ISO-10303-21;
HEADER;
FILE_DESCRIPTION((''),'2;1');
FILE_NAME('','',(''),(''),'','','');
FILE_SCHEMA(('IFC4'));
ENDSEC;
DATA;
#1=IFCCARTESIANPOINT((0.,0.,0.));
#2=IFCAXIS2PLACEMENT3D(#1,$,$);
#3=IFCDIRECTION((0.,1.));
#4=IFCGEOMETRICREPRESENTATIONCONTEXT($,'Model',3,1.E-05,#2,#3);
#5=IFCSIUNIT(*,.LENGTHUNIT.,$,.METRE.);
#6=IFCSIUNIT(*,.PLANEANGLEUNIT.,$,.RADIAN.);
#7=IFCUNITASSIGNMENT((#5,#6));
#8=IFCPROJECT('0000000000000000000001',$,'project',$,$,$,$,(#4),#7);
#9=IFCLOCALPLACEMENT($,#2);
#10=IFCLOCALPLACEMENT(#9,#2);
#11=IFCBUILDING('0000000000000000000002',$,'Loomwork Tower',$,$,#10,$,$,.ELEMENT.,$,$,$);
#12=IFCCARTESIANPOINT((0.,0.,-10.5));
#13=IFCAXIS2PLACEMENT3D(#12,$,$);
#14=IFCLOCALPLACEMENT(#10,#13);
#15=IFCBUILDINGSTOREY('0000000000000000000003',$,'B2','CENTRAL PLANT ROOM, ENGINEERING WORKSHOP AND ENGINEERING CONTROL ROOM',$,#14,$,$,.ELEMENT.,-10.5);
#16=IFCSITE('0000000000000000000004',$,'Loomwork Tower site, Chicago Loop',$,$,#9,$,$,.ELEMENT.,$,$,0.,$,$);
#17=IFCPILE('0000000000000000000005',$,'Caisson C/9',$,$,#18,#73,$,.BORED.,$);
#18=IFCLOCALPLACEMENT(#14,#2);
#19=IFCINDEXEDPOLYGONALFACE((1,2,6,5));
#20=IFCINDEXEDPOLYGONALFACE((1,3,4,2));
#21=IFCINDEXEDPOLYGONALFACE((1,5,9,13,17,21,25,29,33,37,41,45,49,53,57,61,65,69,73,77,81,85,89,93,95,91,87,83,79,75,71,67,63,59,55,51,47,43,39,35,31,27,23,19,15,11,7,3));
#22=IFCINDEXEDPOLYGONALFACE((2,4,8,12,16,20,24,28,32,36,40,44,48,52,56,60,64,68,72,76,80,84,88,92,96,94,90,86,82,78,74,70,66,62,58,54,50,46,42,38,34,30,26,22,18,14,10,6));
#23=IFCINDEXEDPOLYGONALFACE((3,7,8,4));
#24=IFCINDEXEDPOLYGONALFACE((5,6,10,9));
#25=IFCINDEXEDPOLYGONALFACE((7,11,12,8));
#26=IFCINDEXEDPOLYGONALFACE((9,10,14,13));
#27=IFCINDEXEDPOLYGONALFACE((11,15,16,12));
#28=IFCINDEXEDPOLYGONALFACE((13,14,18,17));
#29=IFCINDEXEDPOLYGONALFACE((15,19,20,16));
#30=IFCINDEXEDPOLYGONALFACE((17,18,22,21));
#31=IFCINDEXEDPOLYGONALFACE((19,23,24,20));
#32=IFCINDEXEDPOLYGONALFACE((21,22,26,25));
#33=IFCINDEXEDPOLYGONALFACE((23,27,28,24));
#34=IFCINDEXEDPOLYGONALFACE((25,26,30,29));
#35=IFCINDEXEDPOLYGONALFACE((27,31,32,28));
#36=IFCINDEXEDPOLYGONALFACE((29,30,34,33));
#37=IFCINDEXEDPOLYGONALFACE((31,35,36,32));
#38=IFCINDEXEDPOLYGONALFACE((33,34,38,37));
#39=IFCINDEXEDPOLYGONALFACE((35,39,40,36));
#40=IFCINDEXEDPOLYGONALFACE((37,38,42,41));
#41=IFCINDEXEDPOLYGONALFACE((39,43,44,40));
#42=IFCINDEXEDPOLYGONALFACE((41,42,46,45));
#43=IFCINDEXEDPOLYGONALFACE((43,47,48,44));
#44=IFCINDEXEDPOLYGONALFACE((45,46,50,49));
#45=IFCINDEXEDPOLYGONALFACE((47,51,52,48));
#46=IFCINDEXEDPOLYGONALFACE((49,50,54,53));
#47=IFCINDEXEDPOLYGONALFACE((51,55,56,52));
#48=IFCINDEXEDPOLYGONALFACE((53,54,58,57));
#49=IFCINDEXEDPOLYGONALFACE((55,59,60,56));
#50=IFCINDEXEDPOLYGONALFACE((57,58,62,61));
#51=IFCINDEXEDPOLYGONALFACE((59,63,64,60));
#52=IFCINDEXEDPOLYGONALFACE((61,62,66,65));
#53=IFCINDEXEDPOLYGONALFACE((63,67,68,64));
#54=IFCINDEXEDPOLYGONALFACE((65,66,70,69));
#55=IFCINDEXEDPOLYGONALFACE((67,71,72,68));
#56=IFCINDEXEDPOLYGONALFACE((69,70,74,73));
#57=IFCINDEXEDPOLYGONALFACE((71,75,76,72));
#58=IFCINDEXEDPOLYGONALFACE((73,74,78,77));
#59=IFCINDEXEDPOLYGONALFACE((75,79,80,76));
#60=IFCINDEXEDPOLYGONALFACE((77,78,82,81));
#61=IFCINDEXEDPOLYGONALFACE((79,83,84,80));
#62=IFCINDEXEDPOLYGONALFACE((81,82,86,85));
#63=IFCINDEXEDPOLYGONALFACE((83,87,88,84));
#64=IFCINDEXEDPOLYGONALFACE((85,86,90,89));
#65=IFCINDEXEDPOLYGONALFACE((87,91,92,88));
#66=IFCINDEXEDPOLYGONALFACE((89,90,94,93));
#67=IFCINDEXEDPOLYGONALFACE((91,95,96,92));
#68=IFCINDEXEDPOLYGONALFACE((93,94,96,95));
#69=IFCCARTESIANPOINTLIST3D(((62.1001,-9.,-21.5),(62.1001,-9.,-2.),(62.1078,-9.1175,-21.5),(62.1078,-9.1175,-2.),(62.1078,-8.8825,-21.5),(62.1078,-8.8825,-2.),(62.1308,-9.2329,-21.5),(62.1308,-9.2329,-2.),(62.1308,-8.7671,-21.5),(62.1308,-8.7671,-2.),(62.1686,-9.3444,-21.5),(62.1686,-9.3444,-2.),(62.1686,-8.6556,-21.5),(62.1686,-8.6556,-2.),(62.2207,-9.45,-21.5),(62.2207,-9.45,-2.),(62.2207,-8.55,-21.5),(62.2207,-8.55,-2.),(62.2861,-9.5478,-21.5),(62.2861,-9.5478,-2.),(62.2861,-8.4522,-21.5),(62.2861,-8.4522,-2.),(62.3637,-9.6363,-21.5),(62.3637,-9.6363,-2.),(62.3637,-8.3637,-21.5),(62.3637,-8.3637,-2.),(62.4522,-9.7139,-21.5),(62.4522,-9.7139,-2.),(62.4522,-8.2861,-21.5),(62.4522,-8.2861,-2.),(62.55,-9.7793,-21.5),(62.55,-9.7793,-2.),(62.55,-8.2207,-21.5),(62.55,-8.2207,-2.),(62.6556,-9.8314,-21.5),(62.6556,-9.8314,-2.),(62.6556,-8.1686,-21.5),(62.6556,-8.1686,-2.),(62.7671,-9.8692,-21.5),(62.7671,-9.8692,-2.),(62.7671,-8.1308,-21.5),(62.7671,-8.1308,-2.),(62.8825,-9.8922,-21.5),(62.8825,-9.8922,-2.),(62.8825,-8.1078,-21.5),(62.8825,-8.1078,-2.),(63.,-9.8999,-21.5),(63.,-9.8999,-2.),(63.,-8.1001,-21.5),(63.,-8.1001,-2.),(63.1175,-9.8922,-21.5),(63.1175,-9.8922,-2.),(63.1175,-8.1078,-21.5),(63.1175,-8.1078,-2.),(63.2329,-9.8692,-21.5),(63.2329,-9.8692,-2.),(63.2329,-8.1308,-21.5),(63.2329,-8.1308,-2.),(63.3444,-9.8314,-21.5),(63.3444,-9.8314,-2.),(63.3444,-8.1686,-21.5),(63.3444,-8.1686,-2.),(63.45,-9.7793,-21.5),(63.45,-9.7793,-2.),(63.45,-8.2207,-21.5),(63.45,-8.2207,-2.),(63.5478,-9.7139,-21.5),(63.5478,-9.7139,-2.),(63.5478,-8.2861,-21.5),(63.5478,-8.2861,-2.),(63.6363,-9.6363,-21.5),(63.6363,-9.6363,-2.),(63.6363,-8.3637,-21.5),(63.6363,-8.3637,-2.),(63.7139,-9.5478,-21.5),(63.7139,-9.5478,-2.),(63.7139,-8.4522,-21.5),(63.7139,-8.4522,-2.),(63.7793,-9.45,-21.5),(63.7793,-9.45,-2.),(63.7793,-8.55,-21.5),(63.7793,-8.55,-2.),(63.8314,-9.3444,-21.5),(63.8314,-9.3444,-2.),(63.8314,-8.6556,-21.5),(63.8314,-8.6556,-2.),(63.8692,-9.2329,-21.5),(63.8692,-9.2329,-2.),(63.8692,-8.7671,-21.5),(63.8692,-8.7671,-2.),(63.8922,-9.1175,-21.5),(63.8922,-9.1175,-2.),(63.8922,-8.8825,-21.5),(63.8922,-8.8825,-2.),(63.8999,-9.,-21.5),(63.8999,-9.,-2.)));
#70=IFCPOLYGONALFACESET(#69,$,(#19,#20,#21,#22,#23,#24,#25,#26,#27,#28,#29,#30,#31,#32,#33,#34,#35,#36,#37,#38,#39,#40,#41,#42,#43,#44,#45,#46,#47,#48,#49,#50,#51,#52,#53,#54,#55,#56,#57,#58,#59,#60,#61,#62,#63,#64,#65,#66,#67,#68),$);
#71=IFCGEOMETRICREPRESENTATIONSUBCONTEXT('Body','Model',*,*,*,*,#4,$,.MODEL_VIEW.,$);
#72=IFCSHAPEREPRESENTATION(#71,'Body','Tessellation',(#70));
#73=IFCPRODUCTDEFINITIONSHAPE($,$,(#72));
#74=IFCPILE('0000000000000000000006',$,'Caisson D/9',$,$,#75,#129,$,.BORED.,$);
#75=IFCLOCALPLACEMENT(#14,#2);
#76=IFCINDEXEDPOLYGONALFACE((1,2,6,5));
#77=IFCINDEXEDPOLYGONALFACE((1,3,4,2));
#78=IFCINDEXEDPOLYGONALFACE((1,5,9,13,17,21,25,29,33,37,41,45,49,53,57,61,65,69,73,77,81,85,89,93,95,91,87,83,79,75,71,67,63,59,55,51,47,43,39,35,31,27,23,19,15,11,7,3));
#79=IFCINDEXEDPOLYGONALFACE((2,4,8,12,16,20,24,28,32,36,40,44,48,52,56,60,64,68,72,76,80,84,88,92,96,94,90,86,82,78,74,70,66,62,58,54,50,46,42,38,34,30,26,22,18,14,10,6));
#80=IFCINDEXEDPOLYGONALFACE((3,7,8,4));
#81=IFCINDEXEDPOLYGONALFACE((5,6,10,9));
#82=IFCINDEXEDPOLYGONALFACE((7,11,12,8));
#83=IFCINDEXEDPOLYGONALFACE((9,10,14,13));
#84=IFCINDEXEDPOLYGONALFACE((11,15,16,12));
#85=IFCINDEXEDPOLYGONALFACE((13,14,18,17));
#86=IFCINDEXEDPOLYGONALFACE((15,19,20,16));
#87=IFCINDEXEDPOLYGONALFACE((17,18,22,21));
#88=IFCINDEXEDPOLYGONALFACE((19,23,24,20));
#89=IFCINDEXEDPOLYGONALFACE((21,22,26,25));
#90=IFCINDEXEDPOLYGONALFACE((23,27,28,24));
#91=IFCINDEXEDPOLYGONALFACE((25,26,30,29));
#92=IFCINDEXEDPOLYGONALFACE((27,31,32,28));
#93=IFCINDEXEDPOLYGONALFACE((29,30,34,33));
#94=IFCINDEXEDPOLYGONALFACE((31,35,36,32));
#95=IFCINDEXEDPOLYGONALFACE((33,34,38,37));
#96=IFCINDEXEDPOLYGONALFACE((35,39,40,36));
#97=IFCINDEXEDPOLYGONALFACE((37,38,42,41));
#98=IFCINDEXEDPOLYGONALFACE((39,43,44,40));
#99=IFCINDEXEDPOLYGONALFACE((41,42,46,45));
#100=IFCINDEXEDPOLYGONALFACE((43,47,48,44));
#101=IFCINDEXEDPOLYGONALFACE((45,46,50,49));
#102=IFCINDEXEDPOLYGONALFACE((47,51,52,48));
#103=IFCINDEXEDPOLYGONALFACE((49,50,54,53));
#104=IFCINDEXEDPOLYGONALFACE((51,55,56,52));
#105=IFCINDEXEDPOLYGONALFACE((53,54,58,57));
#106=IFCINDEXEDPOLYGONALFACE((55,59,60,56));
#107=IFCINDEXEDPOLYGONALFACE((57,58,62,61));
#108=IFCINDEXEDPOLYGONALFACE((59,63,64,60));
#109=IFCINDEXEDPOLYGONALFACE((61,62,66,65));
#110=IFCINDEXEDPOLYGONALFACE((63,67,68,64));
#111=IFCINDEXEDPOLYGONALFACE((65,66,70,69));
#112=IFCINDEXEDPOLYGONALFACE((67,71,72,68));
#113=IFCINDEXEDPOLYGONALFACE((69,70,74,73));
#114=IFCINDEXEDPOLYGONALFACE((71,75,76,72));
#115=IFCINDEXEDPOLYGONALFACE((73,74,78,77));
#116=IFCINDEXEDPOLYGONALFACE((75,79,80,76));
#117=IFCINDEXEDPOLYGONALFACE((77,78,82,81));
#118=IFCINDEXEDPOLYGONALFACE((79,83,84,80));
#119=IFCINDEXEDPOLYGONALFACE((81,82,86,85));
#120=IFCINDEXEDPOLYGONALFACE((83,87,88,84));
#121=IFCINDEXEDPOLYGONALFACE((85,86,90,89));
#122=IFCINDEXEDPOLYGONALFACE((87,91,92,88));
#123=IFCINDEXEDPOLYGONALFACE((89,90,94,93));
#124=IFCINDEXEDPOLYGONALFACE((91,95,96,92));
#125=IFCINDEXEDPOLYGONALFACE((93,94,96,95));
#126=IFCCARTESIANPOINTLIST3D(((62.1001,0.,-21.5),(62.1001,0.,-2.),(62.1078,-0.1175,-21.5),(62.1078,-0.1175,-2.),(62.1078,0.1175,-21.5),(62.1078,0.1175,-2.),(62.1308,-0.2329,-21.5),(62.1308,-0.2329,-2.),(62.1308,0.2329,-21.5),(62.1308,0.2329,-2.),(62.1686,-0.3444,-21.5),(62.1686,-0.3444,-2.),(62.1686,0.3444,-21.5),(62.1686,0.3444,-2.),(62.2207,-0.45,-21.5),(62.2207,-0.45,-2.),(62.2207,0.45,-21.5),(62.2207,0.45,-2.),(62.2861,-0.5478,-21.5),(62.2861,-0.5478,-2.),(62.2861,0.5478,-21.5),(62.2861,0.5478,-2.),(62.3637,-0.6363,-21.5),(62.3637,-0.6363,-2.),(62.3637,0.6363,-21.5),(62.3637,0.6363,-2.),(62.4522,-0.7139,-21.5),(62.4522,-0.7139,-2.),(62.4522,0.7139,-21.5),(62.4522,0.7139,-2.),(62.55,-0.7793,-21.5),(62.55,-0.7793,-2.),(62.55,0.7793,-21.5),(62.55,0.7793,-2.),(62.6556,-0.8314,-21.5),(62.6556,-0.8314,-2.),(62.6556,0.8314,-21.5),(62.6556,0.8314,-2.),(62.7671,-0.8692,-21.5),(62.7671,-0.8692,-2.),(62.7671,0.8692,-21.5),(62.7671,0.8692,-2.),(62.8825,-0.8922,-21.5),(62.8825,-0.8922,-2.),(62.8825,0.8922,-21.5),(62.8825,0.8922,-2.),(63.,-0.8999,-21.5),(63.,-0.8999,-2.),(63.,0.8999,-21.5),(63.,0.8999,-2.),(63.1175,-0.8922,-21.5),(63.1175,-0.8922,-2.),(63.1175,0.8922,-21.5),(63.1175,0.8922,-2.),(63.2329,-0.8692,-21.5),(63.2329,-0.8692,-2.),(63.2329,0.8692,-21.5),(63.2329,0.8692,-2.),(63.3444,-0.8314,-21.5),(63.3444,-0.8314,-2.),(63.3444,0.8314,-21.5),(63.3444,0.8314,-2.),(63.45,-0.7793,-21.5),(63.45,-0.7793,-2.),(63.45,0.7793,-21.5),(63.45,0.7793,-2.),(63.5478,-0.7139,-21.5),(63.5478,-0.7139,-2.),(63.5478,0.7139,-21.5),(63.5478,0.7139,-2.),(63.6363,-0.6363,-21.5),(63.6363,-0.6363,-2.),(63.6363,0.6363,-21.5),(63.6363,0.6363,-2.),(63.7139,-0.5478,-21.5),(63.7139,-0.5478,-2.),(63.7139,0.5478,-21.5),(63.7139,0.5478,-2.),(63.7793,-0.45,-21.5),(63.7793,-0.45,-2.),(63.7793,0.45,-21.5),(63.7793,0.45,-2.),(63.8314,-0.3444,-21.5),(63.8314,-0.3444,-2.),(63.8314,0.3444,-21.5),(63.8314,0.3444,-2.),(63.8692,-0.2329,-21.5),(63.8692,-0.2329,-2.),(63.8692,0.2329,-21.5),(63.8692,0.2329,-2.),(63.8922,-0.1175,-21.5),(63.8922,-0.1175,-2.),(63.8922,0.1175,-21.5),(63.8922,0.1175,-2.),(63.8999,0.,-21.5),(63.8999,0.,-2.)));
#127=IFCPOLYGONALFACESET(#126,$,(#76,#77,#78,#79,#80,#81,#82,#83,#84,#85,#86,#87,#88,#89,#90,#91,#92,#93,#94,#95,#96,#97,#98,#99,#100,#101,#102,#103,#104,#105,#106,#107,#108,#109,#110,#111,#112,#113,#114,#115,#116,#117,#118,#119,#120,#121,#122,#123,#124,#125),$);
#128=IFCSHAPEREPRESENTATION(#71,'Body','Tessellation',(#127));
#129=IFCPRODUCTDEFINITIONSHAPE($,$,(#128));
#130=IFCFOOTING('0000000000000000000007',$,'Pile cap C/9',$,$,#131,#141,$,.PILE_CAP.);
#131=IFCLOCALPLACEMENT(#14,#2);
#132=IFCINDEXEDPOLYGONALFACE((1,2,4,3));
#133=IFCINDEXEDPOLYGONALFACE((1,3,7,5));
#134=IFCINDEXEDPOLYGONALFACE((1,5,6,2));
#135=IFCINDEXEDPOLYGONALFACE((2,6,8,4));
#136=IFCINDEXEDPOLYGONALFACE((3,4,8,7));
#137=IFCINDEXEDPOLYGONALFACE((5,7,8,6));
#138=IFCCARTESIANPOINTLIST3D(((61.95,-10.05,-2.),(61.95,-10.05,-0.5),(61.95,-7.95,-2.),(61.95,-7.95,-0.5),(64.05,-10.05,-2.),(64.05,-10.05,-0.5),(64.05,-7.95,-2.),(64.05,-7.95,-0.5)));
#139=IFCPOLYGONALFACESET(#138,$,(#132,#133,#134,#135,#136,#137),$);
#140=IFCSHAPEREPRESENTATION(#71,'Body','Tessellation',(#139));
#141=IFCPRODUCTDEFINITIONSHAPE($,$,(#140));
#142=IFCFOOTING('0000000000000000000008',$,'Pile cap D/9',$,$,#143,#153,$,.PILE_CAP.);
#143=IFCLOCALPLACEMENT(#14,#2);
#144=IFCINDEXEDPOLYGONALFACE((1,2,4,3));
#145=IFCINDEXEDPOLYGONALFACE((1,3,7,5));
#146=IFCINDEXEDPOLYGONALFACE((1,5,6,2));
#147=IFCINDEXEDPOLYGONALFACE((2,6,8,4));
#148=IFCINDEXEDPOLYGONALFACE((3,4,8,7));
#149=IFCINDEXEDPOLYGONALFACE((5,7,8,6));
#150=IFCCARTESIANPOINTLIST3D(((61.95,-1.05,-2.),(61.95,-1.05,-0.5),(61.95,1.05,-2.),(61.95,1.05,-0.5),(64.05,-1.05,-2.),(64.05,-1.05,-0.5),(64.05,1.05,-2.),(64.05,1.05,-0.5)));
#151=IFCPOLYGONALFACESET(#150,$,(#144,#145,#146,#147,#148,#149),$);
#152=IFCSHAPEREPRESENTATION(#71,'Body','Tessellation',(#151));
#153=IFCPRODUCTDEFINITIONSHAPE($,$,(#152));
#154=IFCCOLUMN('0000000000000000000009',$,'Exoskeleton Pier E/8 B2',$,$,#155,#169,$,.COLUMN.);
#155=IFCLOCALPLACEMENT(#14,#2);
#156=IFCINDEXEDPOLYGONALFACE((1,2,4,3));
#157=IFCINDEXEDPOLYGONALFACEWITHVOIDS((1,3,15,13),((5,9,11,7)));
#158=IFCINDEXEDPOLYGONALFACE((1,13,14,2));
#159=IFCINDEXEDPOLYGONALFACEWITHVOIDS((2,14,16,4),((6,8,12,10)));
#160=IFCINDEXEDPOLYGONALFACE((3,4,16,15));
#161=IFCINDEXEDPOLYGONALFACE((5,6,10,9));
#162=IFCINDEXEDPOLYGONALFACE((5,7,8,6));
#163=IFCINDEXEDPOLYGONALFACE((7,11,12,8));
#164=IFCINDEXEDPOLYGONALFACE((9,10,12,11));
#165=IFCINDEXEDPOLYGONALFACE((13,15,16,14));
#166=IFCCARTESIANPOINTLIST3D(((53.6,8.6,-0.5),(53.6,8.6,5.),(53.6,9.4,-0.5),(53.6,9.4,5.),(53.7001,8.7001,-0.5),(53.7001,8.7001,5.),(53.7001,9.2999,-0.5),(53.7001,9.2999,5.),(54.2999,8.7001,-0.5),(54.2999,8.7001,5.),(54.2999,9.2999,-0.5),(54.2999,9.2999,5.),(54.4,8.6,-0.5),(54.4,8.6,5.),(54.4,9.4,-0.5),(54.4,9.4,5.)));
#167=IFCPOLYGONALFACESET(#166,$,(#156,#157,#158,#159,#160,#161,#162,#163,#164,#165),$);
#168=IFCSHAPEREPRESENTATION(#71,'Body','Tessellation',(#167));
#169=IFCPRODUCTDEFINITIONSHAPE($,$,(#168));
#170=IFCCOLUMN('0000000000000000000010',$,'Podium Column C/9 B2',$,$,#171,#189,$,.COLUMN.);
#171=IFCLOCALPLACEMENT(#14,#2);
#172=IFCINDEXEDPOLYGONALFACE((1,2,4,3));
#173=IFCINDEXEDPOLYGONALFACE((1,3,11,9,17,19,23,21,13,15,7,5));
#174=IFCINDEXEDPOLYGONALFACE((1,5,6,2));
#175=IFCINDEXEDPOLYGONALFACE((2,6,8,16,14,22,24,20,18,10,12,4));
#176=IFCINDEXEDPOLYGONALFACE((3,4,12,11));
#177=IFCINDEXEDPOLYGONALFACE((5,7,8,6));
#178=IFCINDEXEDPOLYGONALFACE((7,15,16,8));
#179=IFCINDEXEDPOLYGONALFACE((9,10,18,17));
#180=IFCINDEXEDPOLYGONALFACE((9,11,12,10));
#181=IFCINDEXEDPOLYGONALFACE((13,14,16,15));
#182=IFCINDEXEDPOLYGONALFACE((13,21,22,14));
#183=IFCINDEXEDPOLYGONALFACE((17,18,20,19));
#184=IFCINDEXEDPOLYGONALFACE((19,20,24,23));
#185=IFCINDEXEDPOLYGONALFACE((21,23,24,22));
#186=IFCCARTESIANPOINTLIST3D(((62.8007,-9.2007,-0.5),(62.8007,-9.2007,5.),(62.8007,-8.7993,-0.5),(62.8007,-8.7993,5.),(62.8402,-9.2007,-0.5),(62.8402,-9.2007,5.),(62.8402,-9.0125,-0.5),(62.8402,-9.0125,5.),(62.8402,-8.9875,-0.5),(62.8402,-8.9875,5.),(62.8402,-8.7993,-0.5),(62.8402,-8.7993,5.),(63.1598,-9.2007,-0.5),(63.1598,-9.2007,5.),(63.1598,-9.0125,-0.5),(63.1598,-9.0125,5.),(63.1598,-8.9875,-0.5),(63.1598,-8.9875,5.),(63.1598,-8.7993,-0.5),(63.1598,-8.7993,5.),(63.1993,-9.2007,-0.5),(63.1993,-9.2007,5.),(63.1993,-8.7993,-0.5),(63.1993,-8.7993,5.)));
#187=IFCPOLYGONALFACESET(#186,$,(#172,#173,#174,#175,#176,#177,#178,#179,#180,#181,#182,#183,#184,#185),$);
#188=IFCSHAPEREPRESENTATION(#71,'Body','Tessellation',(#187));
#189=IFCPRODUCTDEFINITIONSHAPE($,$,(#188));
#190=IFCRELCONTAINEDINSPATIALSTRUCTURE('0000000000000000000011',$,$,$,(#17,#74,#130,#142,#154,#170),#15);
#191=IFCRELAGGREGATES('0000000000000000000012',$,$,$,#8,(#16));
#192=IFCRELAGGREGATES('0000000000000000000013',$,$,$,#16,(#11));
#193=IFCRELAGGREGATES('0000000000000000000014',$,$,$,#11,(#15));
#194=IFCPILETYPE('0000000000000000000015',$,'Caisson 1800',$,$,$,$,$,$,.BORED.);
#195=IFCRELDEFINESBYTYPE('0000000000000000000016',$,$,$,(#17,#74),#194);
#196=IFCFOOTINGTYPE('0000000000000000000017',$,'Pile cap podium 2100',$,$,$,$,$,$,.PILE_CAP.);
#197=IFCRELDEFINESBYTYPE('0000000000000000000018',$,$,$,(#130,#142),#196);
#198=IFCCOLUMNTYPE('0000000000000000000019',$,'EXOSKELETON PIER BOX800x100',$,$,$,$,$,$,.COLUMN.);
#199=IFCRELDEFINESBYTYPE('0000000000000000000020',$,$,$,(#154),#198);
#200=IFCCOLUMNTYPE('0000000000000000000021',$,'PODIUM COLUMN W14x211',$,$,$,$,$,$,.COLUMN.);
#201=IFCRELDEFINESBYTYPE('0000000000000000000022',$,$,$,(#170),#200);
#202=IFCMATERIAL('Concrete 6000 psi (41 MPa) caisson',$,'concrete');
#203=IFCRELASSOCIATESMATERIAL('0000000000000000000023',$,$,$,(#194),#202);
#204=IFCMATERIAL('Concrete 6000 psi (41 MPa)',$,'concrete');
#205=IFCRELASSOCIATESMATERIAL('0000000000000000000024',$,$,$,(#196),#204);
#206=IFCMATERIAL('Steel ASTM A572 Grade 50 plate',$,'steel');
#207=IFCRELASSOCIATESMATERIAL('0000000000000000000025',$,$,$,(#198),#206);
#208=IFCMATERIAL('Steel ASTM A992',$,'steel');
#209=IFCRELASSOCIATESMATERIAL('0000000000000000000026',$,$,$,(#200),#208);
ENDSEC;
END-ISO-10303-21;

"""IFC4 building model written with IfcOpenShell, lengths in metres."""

from ifc_helpers import new_model, si_unit, direction, frame, origin, origin_2d, place, context, subcontext, project, spatial, rectangle, hollow_rectangle, circle, i_section, extrude, material, material_profile, profile_set, type_object, element, save


model = new_model("IFC4")

# Units and contexts
model_context = context("Model", 3, precision=1e-05, world=origin(), true_north=direction((0.0, 1.0)))
body_context = subcontext(model_context, "Body", "Model", "MODEL_VIEW")
ifc_project = project(units=[si_unit("LENGTHUNIT", "METRE"), si_unit("PLANEANGLEUNIT", "RADIAN")], contexts=[model_context])

# Site, building, storey
site_placement = place(None, origin())
site = spatial("IfcSite", under=ifc_project, at=site_placement, Name="Loomwork Tower site, Chicago Loop", CompositionType="ELEMENT", RefElevation=0.0)
building_placement = place(site_placement, origin())
building = spatial("IfcBuilding", under=site, at=building_placement, Name="Loomwork Tower", CompositionType="ELEMENT")
storey_placement = place(building_placement, frame((0.0, 0.0, -10.5)))
storey = spatial("IfcBuildingStorey", under=building, at=storey_placement, Name="B2", Description="CENTRAL PLANT ROOM, ENGINEERING WORKSHOP AND ENGINEERING CONTROL ROOM", CompositionType="ELEMENT", Elevation=-10.5)

# Piles
ifc_material_1 = material(Name="Concrete 6000 psi (41 MPa) caisson", Category="concrete")
ifc_material_profile_1 = material_profile(ifc_material_1, circle(Radius=0.8999, at=origin_2d()), Name="D1800")
ifc_profile_set_1 = profile_set([ifc_material_profile_1], Name="Concrete 6000 psi (41 MPa) caisson")
pile_type = type_object("IfcPileType", Name="Caisson 1800", PredefinedType="BORED", material=ifc_profile_set_1)
for number, where, z_axis, x_axis, name in (
    (1, (63.0, -9.0, -2.0), (0.0, 0.0, -1.0), (1.0, 0.0, 0.0), "Caisson C/9"),
    (2, (63.0, 0.0, -2.0), (0.0, 0.0, -1.0), (1.0, 0.0, 0.0), "Caisson D/9"),
):
    element("IfcPile", number, at=place(storey_placement, frame(where, z_axis=z_axis, x_axis=x_axis)), inside=storey, type_object=pile_type, Name=name, PredefinedType="BORED", context=body_context, shape_type="SweptSolid", body=[
        extrude(circle(Radius=0.8999, at=origin_2d()), origin(), (0.0, 0.0, 1.0), 19.5),
    ])

# Footings
ifc_material_2 = material(Name="Concrete 6000 psi (41 MPa)", Category="concrete")
footing_type = type_object("IfcFootingType", Name="Pile cap podium 2100", PredefinedType="PILE_CAP", material=ifc_material_2)
for number, where, z_axis, x_axis, name in (
    (3, (63.0, -9.0, -2.0), (0.0, 0.0, 1.0), (1.0, 0.0, 0.0), "Pile cap C/9"),
    (4, (63.0, 0.0, -2.0), (0.0, 0.0, 1.0), (1.0, 0.0, 0.0), "Pile cap D/9"),
):
    element("IfcFooting", number, at=place(storey_placement, frame(where, z_axis=z_axis, x_axis=x_axis)), inside=storey, type_object=footing_type, Name=name, PredefinedType="PILE_CAP", context=body_context, shape_type="SweptSolid", body=[
        extrude(rectangle(XDim=2.1001, YDim=2.1001, at=origin_2d()), origin(), (0.0, 0.0, 1.0), 1.5),
    ])

# Columns
ifc_material_3 = material(Name="Steel ASTM A572 Grade 50 plate", Category="steel")
ifc_material_profile_2 = material_profile(ifc_material_3, hollow_rectangle(XDim=0.8, YDim=0.8, WallThickness=0.1001, at=origin_2d()), Name="BOX800x100")
ifc_profile_set_2 = profile_set([ifc_material_profile_2], Name="Steel ASTM A572 Grade 50 plate")
column_type_1 = type_object("IfcColumnType", Name="EXOSKELETON PIER BOX800x100", PredefinedType="COLUMN", material=ifc_profile_set_2)
column_placement = place(storey_placement, frame((54.0, 9.0, -0.5), z_axis=(0.0, 0.0, 1.0), x_axis=(0.0, 1.0, 0.0)))
element("IfcColumn", 5, at=column_placement, inside=storey, type_object=column_type_1, Name="Exoskeleton Pier E/8 B2", PredefinedType="COLUMN", context=body_context, shape_type="SweptSolid", body=[
    extrude(hollow_rectangle(XDim=0.8, YDim=0.8, WallThickness=0.1001, at=origin_2d()), origin(), (0.0, 0.0, 1.0), 5.5),
])
ifc_material_4 = material(Name="Steel ASTM A992", Category="steel")
ifc_material_profile_3 = material_profile(ifc_material_4, i_section(OverallWidth=0.4014, OverallDepth=0.3987, WebThickness=0.0249, FlangeThickness=0.0396, at=origin_2d()), Name="W14x211")
ifc_profile_set_3 = profile_set([ifc_material_profile_3], Name="Steel ASTM A992")
column_type_2 = type_object("IfcColumnType", Name="PODIUM COLUMN W14x211", PredefinedType="COLUMN", material=ifc_profile_set_3)
for number, where, z_axis, x_axis, name in (
    (6, (63.0, -9.0, -0.5), (0.0, 0.0, 1.0), (0.0, 1.0, 0.0), "Podium Column C/9 B2"),
):
    element("IfcColumn", number, at=place(storey_placement, frame(where, z_axis=z_axis, x_axis=x_axis)), inside=storey, type_object=column_type_2, Name=name, PredefinedType="COLUMN", context=body_context, shape_type="SweptSolid", body=[
        extrude(i_section(OverallWidth=0.4014, OverallDepth=0.3987, WebThickness=0.0249, FlangeThickness=0.0396, at=origin_2d()), origin(), (0.0, 0.0, 1.0), 5.5),
    ])

save(model, "model.ifc")
